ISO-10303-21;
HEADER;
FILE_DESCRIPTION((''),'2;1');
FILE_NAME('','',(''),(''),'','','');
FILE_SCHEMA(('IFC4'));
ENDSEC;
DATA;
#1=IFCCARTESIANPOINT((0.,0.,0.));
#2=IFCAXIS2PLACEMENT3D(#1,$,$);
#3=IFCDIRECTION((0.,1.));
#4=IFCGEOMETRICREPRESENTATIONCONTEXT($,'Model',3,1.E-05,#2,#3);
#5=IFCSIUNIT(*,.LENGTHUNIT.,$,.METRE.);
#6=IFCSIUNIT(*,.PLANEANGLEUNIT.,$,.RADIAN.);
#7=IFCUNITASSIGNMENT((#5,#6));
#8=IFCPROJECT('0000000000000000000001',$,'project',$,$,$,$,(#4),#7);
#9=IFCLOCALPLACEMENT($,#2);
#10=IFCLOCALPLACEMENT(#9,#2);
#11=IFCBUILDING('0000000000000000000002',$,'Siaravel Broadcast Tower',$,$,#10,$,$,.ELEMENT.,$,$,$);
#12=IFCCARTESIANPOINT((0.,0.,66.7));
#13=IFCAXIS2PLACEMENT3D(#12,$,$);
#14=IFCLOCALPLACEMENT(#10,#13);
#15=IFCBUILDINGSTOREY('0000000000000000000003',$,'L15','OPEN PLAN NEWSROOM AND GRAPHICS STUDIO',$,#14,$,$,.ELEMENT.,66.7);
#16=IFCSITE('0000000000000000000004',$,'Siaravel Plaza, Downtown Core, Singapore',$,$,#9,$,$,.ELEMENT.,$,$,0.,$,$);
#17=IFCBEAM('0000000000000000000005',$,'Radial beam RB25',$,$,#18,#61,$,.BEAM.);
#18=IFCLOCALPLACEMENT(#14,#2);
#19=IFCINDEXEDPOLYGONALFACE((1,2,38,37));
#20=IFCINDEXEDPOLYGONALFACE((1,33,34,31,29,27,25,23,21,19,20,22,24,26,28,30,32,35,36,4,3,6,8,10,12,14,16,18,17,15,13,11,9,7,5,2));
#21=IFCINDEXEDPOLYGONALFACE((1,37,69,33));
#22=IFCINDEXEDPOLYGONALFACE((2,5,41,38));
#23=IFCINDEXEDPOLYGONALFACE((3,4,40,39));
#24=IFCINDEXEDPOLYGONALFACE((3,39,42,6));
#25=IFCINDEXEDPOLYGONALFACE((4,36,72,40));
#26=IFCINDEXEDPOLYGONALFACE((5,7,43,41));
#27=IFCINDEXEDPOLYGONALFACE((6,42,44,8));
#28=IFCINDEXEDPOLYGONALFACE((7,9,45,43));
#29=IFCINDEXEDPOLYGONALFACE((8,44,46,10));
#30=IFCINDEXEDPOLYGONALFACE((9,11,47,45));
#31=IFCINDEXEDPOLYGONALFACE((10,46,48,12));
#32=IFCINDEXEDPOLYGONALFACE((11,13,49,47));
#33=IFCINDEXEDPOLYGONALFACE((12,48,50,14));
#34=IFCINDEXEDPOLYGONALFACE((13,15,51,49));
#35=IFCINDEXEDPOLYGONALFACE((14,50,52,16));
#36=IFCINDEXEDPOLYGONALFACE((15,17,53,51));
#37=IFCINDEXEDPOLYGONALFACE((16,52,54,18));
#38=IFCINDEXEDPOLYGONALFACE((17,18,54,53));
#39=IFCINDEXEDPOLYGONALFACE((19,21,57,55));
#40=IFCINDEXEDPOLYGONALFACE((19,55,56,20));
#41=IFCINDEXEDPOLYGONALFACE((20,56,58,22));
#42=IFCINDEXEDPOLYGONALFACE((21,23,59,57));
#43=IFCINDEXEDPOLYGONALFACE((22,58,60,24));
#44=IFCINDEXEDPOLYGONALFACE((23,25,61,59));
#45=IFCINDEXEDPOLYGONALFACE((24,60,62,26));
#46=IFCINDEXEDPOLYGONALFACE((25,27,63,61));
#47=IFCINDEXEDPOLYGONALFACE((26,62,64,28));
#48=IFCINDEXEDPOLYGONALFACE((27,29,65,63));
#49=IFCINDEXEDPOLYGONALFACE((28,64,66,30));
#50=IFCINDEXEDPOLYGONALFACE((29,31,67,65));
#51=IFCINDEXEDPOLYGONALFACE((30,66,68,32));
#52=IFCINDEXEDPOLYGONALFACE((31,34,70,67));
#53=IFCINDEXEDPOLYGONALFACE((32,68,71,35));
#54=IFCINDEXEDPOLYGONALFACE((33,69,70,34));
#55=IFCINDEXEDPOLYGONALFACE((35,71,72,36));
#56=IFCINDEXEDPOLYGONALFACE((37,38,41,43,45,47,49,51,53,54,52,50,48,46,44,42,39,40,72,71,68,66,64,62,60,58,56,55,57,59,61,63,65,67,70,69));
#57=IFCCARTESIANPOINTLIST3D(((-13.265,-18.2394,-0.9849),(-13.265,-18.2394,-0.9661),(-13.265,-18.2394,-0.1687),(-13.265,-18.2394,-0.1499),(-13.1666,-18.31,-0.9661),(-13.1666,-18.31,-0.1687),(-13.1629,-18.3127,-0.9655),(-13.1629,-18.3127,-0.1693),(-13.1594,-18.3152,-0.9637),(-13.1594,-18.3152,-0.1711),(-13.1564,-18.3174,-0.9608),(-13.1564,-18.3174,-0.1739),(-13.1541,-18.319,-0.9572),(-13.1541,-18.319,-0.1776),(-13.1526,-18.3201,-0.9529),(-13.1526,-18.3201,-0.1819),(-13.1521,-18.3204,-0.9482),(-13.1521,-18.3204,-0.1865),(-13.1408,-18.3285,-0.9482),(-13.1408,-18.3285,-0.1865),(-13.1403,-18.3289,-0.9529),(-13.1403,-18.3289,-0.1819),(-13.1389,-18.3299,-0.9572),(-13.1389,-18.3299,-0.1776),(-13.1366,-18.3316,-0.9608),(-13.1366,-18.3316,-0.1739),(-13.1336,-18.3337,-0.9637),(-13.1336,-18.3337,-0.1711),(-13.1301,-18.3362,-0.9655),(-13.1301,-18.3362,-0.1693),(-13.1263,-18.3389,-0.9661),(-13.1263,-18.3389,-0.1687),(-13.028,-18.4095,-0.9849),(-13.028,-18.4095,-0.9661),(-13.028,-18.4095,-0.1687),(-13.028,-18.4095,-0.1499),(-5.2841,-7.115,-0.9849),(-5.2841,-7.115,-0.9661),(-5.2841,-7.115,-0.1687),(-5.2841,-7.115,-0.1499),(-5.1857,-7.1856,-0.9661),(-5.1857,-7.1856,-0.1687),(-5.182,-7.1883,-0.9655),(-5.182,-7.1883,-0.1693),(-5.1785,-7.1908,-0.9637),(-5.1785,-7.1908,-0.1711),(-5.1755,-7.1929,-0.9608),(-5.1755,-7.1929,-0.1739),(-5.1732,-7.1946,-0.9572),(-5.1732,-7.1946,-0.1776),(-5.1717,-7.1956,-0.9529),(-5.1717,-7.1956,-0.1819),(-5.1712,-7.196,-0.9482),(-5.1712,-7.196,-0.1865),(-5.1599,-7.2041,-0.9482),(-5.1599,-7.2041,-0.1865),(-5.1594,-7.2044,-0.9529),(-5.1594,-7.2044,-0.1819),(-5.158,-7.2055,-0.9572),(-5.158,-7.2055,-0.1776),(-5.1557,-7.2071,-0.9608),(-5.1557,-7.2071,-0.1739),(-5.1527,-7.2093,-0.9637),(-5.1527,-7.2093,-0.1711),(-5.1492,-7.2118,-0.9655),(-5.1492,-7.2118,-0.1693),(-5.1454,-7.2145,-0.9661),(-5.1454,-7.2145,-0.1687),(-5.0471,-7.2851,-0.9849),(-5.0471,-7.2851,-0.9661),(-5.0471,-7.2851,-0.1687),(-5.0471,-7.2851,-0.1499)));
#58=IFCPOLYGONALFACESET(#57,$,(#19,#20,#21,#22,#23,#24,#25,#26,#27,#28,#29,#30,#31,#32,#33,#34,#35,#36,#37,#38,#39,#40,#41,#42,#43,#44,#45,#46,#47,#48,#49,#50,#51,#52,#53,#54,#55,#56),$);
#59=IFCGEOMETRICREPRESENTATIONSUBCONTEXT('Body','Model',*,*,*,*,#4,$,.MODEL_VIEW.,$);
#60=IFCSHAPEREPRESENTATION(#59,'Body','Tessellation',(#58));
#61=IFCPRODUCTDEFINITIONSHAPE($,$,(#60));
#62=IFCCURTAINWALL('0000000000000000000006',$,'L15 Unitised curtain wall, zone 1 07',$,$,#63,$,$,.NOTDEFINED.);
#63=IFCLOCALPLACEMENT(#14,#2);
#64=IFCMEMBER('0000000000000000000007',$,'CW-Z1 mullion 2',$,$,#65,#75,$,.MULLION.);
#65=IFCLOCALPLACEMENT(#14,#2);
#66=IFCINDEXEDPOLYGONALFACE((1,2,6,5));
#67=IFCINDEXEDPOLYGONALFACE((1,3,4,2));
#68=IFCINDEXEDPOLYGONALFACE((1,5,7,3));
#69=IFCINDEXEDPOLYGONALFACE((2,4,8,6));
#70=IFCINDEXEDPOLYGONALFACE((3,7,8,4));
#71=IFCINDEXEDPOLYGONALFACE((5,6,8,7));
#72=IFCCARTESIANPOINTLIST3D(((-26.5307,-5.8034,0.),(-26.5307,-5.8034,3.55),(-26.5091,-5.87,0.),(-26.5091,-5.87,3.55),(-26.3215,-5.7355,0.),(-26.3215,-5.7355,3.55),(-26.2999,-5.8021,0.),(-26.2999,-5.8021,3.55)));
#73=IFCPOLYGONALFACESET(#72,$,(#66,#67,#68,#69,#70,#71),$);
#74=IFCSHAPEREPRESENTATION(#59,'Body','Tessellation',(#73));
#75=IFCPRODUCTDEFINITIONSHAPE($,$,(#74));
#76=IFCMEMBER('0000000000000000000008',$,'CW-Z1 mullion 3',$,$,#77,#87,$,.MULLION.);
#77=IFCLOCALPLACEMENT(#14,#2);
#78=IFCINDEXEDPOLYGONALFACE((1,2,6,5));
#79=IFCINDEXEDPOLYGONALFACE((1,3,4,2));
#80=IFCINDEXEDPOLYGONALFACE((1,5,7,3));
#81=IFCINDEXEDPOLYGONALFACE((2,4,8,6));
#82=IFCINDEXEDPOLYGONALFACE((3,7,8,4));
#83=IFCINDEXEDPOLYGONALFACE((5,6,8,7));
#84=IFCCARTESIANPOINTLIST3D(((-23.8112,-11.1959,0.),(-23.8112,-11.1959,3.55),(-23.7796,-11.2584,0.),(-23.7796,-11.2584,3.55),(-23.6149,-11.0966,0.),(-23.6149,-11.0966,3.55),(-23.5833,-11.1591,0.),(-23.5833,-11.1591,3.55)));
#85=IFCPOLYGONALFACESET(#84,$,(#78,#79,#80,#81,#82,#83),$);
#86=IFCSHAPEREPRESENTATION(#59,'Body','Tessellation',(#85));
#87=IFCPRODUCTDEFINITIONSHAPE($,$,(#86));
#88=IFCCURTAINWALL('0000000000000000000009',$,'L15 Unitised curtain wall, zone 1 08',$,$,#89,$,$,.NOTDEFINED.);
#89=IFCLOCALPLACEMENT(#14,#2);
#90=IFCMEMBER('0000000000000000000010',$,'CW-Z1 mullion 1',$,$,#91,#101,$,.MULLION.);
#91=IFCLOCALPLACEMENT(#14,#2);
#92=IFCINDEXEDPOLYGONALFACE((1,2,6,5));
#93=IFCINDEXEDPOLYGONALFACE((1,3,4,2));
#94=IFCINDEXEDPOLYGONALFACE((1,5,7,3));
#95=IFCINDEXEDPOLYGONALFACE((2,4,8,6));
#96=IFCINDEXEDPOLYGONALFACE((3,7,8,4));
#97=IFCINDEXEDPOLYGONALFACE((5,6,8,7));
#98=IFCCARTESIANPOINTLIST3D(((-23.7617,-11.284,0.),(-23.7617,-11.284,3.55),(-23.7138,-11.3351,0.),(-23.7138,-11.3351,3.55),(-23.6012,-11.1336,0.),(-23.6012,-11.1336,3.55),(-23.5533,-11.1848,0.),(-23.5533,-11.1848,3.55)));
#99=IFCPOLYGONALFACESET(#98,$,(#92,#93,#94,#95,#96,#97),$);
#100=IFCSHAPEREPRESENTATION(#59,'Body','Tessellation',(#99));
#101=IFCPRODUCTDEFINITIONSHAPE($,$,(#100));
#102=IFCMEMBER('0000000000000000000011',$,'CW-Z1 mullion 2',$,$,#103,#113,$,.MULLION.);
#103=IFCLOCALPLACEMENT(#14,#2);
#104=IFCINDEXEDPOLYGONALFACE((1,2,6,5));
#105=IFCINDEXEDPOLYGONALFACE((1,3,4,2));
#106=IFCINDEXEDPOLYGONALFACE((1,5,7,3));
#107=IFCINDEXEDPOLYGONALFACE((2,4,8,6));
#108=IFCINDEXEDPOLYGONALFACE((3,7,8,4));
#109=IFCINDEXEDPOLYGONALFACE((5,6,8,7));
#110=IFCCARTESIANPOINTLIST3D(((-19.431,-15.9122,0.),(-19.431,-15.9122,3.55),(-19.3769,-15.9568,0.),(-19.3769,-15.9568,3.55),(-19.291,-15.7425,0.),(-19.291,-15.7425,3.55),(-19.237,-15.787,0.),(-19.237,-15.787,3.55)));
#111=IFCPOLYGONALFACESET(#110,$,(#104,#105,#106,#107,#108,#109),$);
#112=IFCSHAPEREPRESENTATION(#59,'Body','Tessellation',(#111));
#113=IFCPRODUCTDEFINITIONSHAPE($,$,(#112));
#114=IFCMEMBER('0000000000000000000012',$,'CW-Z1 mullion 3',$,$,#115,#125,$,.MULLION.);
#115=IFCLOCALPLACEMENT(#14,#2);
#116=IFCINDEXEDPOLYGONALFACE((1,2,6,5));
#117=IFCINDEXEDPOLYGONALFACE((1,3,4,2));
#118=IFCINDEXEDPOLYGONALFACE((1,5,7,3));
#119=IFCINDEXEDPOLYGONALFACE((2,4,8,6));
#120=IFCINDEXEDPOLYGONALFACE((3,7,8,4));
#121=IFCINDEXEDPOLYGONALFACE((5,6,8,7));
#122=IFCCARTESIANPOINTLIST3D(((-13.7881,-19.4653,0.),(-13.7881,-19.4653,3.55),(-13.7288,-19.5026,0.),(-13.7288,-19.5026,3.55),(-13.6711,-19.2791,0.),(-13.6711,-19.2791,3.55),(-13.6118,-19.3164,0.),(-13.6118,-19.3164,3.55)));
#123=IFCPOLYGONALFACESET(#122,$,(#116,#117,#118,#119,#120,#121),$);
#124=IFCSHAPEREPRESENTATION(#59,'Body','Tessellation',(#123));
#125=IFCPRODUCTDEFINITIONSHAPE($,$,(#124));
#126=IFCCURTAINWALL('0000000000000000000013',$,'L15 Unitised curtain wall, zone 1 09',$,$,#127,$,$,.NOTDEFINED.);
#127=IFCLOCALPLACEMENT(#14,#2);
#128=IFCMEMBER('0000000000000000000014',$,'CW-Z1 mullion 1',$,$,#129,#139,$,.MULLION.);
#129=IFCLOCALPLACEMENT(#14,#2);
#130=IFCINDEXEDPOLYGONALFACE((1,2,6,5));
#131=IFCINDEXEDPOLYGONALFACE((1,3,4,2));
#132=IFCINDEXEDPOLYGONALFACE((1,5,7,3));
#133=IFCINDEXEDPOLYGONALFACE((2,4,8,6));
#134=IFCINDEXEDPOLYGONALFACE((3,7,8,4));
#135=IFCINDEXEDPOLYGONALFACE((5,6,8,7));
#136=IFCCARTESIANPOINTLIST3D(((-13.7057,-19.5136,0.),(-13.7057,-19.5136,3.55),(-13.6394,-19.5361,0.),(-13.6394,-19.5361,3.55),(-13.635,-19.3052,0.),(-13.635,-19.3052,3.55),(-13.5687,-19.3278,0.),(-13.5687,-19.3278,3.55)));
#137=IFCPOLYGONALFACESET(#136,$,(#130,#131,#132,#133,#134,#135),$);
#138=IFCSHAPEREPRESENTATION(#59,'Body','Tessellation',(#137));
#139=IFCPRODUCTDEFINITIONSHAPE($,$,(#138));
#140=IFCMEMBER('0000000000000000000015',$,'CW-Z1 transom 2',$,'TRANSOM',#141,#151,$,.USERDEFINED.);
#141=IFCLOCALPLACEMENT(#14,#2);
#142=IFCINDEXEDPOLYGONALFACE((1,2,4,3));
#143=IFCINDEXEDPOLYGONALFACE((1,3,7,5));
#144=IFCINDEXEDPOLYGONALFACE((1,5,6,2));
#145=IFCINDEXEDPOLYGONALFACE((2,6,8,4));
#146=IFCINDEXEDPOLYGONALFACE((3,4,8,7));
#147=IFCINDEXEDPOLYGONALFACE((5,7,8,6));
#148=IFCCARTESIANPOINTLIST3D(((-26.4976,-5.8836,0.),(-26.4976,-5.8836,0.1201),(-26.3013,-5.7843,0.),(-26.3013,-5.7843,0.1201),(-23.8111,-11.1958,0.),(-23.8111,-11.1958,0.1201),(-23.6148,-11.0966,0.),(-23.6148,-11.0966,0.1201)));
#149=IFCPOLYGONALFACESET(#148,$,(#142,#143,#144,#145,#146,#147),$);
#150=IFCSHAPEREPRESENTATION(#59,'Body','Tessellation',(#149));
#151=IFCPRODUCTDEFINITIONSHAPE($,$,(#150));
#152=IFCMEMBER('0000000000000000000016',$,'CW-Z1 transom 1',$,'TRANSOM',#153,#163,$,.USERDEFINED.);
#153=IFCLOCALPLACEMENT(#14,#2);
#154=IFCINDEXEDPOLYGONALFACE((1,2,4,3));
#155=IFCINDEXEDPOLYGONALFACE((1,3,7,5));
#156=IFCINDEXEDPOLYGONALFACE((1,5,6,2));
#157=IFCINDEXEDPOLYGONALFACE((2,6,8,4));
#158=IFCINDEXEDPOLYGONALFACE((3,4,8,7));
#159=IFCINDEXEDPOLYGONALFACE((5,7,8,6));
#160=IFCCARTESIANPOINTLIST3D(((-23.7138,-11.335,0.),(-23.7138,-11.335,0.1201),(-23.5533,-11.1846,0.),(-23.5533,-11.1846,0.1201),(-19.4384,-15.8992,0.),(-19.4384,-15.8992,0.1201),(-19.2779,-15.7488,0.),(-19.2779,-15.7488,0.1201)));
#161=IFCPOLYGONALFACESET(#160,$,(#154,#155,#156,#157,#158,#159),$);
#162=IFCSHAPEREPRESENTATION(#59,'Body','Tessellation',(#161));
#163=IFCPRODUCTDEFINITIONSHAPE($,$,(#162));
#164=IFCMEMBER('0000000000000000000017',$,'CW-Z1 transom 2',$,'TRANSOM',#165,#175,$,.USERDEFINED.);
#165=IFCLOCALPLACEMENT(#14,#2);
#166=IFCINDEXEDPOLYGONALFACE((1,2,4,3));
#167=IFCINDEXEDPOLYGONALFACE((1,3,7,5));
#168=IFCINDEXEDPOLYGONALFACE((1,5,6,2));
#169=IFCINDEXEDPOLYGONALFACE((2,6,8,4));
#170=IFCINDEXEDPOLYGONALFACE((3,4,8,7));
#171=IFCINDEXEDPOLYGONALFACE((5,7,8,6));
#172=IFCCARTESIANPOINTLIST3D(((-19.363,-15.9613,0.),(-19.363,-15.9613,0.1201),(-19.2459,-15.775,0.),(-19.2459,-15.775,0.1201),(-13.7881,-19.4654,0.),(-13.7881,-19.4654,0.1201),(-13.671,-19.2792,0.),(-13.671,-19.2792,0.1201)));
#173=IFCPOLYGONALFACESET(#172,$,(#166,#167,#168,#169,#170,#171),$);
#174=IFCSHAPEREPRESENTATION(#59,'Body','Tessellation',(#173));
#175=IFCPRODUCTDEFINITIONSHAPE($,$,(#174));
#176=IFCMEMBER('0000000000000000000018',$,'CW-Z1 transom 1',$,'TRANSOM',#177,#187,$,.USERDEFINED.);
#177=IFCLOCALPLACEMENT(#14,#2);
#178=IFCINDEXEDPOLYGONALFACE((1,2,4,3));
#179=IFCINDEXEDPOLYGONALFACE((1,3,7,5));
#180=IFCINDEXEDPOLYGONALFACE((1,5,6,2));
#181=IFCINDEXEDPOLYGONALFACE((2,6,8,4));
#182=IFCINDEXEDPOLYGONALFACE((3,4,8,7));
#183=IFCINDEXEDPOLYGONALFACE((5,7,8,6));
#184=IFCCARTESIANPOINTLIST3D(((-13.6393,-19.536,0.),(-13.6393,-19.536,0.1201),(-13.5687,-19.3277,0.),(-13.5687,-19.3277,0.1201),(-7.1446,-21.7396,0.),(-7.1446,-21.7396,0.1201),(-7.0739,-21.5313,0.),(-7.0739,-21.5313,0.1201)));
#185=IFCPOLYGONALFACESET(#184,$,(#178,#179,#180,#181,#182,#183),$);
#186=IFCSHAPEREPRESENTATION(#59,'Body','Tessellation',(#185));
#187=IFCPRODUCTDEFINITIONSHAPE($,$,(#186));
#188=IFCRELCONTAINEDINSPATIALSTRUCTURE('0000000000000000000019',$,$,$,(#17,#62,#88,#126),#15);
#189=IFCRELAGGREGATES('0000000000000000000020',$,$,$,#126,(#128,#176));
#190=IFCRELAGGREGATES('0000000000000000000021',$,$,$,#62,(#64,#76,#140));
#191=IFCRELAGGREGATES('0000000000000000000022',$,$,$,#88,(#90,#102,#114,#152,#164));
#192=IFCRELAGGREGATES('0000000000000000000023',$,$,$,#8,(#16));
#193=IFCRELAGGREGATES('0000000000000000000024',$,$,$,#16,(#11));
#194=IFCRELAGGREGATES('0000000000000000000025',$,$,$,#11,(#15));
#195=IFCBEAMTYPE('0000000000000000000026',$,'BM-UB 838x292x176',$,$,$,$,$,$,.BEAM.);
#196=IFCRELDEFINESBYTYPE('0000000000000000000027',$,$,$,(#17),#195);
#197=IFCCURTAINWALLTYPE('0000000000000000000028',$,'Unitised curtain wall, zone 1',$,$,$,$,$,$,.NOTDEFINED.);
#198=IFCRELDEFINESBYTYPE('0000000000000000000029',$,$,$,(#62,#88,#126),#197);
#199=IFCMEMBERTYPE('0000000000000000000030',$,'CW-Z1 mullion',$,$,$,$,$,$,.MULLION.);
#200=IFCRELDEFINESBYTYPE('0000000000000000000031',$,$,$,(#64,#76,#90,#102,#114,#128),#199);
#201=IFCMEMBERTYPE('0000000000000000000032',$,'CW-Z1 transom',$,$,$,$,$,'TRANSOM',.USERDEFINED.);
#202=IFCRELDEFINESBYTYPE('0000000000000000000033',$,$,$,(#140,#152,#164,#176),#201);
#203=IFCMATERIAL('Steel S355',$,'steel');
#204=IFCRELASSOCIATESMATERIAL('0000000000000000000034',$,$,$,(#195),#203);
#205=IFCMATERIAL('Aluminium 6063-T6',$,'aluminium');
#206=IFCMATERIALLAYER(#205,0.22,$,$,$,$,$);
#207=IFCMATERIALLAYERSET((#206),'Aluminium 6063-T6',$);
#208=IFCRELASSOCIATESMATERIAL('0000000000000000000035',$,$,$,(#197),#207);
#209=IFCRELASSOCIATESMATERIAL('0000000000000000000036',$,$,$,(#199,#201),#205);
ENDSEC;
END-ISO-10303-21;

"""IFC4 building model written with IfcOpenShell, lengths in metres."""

from ifc_helpers import new_model, si_unit, direction, frame, origin, origin_2d, place, context, subcontext, project, spatial, rectangle, i_section, extrude, material, layer, layer_set, material_profile, profile_set, type_object, element, aggregate, save


model = new_model("IFC4")

# Units and contexts
model_context = context("Model", 3, precision=1e-05, world=origin(), true_north=direction((0.0, 1.0)))
body_context = subcontext(model_context, "Body", "Model", "MODEL_VIEW")
ifc_project = project(units=[si_unit("LENGTHUNIT", "METRE"), si_unit("PLANEANGLEUNIT", "RADIAN")], contexts=[model_context])

# Site, building, storey
site_placement = place(None, origin())
site = spatial("IfcSite", under=ifc_project, at=site_placement, Name="Siaravel Plaza, Downtown Core, Singapore", CompositionType="ELEMENT", RefElevation=0.0)
building_placement = place(site_placement, origin())
building = spatial("IfcBuilding", under=site, at=building_placement, Name="Siaravel Broadcast Tower", CompositionType="ELEMENT")
storey_placement = place(building_placement, frame((0.0, 0.0, 66.7)))
storey = spatial("IfcBuildingStorey", under=building, at=storey_placement, Name="L15", Description="OPEN PLAN NEWSROOM AND GRAPHICS STUDIO", CompositionType="ELEMENT", Elevation=66.7)

# Beam
ifc_material_1 = material(Name="Steel S355", Category="steel")
ifc_material_profile_1 = material_profile(ifc_material_1, i_section(OverallWidth=0.2917, OverallDepth=0.835, WebThickness=0.0139, FlangeThickness=0.0188, FilletRadius=0.0178, at=origin_2d()))
ifc_profile_set_1 = profile_set([ifc_material_profile_1], Name="Steel S355")
beam_type = type_object("IfcBeamType", Name="BM-UB 838x292x176", PredefinedType="BEAM", material=ifc_profile_set_1)
beam_1_placement = place(storey_placement, frame((-13.1465, -18.3245, -0.5674), z_axis=(0.582924, 0.812527, 0.0), x_axis=(-0.812527, 0.582924, 0.0)))
element("IfcBeam", 1, at=beam_1_placement, inside=storey, type_object=beam_type, Name="Radial beam RB25", PredefinedType="BEAM", context=body_context, shape_type="SweptSolid", body=[
    extrude(i_section(OverallWidth=0.2917, OverallDepth=0.835, WebThickness=0.0139, FlangeThickness=0.0188, FilletRadius=0.0178, at=origin_2d()), origin(), (0.0, 0.0, 1.0), 13.6912),
])

# Curtain walls, members
ifc_material_2 = material(Name="Aluminium 6063-T6", Category="aluminium")
ifc_layer_1 = layer(ifc_material_2, 0.22)
ifc_layer_set_1 = layer_set([ifc_layer_1], Name="Aluminium 6063-T6")
curtain_wall_type = type_object("IfcCurtainWallType", Name="Unitised curtain wall, zone 1", PredefinedType="NOTDEFINED", material=ifc_layer_set_1)
curtain_wall_1_placement = place(storey_placement, origin())
curtain_wall_1 = element("IfcCurtainWall", 2, at=curtain_wall_1_placement, inside=storey, type_object=curtain_wall_type, Name="L15 Unitised curtain wall, zone 1 07", PredefinedType="NOTDEFINED")
ifc_material_profile_2 = material_profile(ifc_material_2, rectangle(XDim=0.22, YDim=0.0701, at=origin_2d()))
ifc_profile_set_2 = profile_set([ifc_material_profile_2], Name="Aluminium 6063-T6")
member_type_1 = type_object("IfcMemberType", Name="CW-Z1 mullion", PredefinedType="MULLION", material=ifc_profile_set_2)
member_1_placement = place(storey_placement, frame((-26.4153, -5.8027, 0.0), z_axis=(0.0, 0.0, 1.0), x_axis=(0.951177, 0.308646, 0.0)))
member_1 = element("IfcMember", 3, at=member_1_placement, type_object=member_type_1, Name="CW-Z1 mullion 2", PredefinedType="MULLION", context=body_context, shape_type="SweptSolid", body=[
    extrude(rectangle(XDim=0.22, YDim=0.0701, at=origin_2d()), origin(), (0.0, 0.0, 1.0), 3.55),
])
member_2_placement = place(storey_placement, frame((-23.6973, -11.1775, 0.0), z_axis=(0.0, 0.0, 1.0), x_axis=(0.892391, 0.451262, 0.0)))
member_2 = element("IfcMember", 4, at=member_2_placement, type_object=member_type_1, Name="CW-Z1 mullion 3", PredefinedType="MULLION", context=body_context, shape_type="SweptSolid", body=[
    extrude(rectangle(XDim=0.22, YDim=0.0701, at=origin_2d()), origin(), (0.0, 0.0, 1.0), 3.55),
])
curtain_wall_2_placement = place(storey_placement, origin())
curtain_wall_2 = element("IfcCurtainWall", 5, at=curtain_wall_2_placement, inside=storey, type_object=curtain_wall_type, Name="L15 Unitised curtain wall, zone 1 08", PredefinedType="NOTDEFINED")
member_3_placement = place(storey_placement, frame((-23.6575, -11.2344, 0.0), z_axis=(0.0, 0.0, 1.0), x_axis=(0.729804, 0.683657, 0.0)))
member_3 = element("IfcMember", 6, at=member_3_placement, type_object=member_type_1, Name="CW-Z1 mullion 1", PredefinedType="MULLION", context=body_context, shape_type="SweptSolid", body=[
    extrude(rectangle(XDim=0.22, YDim=0.0701, at=origin_2d()), origin(), (0.0, 0.0, 1.0), 3.55),
])
member_4_placement = place(storey_placement, frame((-19.334, -15.8496, 0.0), z_axis=(0.0, 0.0, 1.0), x_axis=(0.636217, 0.77151, 0.0)))
member_4 = element("IfcMember", 7, at=member_4_placement, type_object=member_type_1, Name="CW-Z1 mullion 2", PredefinedType="MULLION", context=body_context, shape_type="SweptSolid", body=[
    extrude(rectangle(XDim=0.22, YDim=0.0701, at=origin_2d()), origin(), (0.0, 0.0, 1.0), 3.55),
])
member_5_placement = place(storey_placement, frame((-13.7, -19.3909, 0.0), z_axis=(0.0, 0.0, 1.0), x_axis=(0.532148, 0.846651, 0.0)))
member_5 = element("IfcMember", 8, at=member_5_placement, type_object=member_type_1, Name="CW-Z1 mullion 3", PredefinedType="MULLION", context=body_context, shape_type="SweptSolid", body=[
    extrude(rectangle(XDim=0.22, YDim=0.0701, at=origin_2d()), origin(), (0.0, 0.0, 1.0), 3.55),
])

# Curtain wall, member
curtain_wall_3_placement = place(storey_placement, origin())
curtain_wall_3 = element("IfcCurtainWall", 9, at=curtain_wall_3_placement, inside=storey, type_object=curtain_wall_type, Name="L15 Unitised curtain wall, zone 1 09", PredefinedType="NOTDEFINED")
member_6_placement = place(storey_placement, frame((-13.6372, -19.4207, 0.0), z_axis=(0.0, 0.0, 1.0), x_axis=(0.3213, 0.946978, 0.0)))
member_6 = element("IfcMember", 10, at=member_6_placement, type_object=member_type_1, Name="CW-Z1 mullion 1", PredefinedType="MULLION", context=body_context, shape_type="SweptSolid", body=[
    extrude(rectangle(XDim=0.22, YDim=0.0701, at=origin_2d()), origin(), (0.0, 0.0, 1.0), 3.55),
])

# Members
ifc_material_profile_3 = material_profile(ifc_material_2, rectangle(XDim=0.22, YDim=0.1201, at=origin_2d()))
ifc_profile_set_3 = profile_set([ifc_material_profile_3], Name="Aluminium 6063-T6")
member_type_2 = type_object("IfcMemberType", Name="CW-Z1 transom", ElementType="TRANSOM", PredefinedType="USERDEFINED", material=ifc_profile_set_3)
member_7_placement = place(storey_placement, frame((-26.3994, -5.834, 0.0601), z_axis=(0.451294, -0.892375, 0.0), x_axis=(0.892375, 0.451294, 0.0)))
member_7 = element("IfcMember", 11, at=member_7_placement, type_object=member_type_2, Name="CW-Z1 transom 2", ObjectType="TRANSOM", PredefinedType="USERDEFINED", context=body_context, shape_type="SweptSolid", body=[
    extrude(rectangle(XDim=0.22, YDim=0.1201, at=origin_2d()), origin(), (0.0, 0.0, 1.0), 5.9529),
])
member_8_placement = place(storey_placement, frame((-23.6335, -11.2598, 0.0601), z_axis=(0.683639, -0.729821, 0.0), x_axis=(0.729821, 0.683639, 0.0)))
member_8 = element("IfcMember", 12, at=member_8_placement, type_object=member_type_2, Name="CW-Z1 transom 1", ObjectType="TRANSOM", PredefinedType="USERDEFINED", context=body_context, shape_type="SweptSolid", body=[
    extrude(rectangle(XDim=0.22, YDim=0.1201, at=origin_2d()), origin(), (0.0, 0.0, 1.0), 6.2539),
])
member_9_placement = place(storey_placement, frame((-19.3044, -15.8682, 0.0601), z_axis=(0.846644, -0.53216, 0.0), x_axis=(0.53216, 0.846644, 0.0)))
member_9 = element("IfcMember", 13, at=member_9_placement, type_object=member_type_2, Name="CW-Z1 transom 2", ObjectType="TRANSOM", PredefinedType="USERDEFINED", context=body_context, shape_type="SweptSolid", body=[
    extrude(rectangle(XDim=0.22, YDim=0.1201, at=origin_2d()), origin(), (0.0, 0.0, 1.0), 6.5847),
])
member_10_placement = place(storey_placement, frame((-13.604, -19.4319, 0.0601), z_axis=(0.946979, -0.321296, 0.0), x_axis=(0.321296, 0.946979, 0.0)))
member_10 = element("IfcMember", 14, at=member_10_placement, type_object=member_type_2, Name="CW-Z1 transom 1", ObjectType="TRANSOM", PredefinedType="USERDEFINED", context=body_context, shape_type="SweptSolid", body=[
    extrude(rectangle(XDim=0.22, YDim=0.1201, at=origin_2d()), origin(), (0.0, 0.0, 1.0), 6.8584),
])
aggregate(curtain_wall_3, [member_6, member_10])

aggregate(curtain_wall_1, [member_1, member_2, member_7])
aggregate(curtain_wall_2, [member_3, member_4, member_5, member_8, member_9])

save(model, "model.ifc")
